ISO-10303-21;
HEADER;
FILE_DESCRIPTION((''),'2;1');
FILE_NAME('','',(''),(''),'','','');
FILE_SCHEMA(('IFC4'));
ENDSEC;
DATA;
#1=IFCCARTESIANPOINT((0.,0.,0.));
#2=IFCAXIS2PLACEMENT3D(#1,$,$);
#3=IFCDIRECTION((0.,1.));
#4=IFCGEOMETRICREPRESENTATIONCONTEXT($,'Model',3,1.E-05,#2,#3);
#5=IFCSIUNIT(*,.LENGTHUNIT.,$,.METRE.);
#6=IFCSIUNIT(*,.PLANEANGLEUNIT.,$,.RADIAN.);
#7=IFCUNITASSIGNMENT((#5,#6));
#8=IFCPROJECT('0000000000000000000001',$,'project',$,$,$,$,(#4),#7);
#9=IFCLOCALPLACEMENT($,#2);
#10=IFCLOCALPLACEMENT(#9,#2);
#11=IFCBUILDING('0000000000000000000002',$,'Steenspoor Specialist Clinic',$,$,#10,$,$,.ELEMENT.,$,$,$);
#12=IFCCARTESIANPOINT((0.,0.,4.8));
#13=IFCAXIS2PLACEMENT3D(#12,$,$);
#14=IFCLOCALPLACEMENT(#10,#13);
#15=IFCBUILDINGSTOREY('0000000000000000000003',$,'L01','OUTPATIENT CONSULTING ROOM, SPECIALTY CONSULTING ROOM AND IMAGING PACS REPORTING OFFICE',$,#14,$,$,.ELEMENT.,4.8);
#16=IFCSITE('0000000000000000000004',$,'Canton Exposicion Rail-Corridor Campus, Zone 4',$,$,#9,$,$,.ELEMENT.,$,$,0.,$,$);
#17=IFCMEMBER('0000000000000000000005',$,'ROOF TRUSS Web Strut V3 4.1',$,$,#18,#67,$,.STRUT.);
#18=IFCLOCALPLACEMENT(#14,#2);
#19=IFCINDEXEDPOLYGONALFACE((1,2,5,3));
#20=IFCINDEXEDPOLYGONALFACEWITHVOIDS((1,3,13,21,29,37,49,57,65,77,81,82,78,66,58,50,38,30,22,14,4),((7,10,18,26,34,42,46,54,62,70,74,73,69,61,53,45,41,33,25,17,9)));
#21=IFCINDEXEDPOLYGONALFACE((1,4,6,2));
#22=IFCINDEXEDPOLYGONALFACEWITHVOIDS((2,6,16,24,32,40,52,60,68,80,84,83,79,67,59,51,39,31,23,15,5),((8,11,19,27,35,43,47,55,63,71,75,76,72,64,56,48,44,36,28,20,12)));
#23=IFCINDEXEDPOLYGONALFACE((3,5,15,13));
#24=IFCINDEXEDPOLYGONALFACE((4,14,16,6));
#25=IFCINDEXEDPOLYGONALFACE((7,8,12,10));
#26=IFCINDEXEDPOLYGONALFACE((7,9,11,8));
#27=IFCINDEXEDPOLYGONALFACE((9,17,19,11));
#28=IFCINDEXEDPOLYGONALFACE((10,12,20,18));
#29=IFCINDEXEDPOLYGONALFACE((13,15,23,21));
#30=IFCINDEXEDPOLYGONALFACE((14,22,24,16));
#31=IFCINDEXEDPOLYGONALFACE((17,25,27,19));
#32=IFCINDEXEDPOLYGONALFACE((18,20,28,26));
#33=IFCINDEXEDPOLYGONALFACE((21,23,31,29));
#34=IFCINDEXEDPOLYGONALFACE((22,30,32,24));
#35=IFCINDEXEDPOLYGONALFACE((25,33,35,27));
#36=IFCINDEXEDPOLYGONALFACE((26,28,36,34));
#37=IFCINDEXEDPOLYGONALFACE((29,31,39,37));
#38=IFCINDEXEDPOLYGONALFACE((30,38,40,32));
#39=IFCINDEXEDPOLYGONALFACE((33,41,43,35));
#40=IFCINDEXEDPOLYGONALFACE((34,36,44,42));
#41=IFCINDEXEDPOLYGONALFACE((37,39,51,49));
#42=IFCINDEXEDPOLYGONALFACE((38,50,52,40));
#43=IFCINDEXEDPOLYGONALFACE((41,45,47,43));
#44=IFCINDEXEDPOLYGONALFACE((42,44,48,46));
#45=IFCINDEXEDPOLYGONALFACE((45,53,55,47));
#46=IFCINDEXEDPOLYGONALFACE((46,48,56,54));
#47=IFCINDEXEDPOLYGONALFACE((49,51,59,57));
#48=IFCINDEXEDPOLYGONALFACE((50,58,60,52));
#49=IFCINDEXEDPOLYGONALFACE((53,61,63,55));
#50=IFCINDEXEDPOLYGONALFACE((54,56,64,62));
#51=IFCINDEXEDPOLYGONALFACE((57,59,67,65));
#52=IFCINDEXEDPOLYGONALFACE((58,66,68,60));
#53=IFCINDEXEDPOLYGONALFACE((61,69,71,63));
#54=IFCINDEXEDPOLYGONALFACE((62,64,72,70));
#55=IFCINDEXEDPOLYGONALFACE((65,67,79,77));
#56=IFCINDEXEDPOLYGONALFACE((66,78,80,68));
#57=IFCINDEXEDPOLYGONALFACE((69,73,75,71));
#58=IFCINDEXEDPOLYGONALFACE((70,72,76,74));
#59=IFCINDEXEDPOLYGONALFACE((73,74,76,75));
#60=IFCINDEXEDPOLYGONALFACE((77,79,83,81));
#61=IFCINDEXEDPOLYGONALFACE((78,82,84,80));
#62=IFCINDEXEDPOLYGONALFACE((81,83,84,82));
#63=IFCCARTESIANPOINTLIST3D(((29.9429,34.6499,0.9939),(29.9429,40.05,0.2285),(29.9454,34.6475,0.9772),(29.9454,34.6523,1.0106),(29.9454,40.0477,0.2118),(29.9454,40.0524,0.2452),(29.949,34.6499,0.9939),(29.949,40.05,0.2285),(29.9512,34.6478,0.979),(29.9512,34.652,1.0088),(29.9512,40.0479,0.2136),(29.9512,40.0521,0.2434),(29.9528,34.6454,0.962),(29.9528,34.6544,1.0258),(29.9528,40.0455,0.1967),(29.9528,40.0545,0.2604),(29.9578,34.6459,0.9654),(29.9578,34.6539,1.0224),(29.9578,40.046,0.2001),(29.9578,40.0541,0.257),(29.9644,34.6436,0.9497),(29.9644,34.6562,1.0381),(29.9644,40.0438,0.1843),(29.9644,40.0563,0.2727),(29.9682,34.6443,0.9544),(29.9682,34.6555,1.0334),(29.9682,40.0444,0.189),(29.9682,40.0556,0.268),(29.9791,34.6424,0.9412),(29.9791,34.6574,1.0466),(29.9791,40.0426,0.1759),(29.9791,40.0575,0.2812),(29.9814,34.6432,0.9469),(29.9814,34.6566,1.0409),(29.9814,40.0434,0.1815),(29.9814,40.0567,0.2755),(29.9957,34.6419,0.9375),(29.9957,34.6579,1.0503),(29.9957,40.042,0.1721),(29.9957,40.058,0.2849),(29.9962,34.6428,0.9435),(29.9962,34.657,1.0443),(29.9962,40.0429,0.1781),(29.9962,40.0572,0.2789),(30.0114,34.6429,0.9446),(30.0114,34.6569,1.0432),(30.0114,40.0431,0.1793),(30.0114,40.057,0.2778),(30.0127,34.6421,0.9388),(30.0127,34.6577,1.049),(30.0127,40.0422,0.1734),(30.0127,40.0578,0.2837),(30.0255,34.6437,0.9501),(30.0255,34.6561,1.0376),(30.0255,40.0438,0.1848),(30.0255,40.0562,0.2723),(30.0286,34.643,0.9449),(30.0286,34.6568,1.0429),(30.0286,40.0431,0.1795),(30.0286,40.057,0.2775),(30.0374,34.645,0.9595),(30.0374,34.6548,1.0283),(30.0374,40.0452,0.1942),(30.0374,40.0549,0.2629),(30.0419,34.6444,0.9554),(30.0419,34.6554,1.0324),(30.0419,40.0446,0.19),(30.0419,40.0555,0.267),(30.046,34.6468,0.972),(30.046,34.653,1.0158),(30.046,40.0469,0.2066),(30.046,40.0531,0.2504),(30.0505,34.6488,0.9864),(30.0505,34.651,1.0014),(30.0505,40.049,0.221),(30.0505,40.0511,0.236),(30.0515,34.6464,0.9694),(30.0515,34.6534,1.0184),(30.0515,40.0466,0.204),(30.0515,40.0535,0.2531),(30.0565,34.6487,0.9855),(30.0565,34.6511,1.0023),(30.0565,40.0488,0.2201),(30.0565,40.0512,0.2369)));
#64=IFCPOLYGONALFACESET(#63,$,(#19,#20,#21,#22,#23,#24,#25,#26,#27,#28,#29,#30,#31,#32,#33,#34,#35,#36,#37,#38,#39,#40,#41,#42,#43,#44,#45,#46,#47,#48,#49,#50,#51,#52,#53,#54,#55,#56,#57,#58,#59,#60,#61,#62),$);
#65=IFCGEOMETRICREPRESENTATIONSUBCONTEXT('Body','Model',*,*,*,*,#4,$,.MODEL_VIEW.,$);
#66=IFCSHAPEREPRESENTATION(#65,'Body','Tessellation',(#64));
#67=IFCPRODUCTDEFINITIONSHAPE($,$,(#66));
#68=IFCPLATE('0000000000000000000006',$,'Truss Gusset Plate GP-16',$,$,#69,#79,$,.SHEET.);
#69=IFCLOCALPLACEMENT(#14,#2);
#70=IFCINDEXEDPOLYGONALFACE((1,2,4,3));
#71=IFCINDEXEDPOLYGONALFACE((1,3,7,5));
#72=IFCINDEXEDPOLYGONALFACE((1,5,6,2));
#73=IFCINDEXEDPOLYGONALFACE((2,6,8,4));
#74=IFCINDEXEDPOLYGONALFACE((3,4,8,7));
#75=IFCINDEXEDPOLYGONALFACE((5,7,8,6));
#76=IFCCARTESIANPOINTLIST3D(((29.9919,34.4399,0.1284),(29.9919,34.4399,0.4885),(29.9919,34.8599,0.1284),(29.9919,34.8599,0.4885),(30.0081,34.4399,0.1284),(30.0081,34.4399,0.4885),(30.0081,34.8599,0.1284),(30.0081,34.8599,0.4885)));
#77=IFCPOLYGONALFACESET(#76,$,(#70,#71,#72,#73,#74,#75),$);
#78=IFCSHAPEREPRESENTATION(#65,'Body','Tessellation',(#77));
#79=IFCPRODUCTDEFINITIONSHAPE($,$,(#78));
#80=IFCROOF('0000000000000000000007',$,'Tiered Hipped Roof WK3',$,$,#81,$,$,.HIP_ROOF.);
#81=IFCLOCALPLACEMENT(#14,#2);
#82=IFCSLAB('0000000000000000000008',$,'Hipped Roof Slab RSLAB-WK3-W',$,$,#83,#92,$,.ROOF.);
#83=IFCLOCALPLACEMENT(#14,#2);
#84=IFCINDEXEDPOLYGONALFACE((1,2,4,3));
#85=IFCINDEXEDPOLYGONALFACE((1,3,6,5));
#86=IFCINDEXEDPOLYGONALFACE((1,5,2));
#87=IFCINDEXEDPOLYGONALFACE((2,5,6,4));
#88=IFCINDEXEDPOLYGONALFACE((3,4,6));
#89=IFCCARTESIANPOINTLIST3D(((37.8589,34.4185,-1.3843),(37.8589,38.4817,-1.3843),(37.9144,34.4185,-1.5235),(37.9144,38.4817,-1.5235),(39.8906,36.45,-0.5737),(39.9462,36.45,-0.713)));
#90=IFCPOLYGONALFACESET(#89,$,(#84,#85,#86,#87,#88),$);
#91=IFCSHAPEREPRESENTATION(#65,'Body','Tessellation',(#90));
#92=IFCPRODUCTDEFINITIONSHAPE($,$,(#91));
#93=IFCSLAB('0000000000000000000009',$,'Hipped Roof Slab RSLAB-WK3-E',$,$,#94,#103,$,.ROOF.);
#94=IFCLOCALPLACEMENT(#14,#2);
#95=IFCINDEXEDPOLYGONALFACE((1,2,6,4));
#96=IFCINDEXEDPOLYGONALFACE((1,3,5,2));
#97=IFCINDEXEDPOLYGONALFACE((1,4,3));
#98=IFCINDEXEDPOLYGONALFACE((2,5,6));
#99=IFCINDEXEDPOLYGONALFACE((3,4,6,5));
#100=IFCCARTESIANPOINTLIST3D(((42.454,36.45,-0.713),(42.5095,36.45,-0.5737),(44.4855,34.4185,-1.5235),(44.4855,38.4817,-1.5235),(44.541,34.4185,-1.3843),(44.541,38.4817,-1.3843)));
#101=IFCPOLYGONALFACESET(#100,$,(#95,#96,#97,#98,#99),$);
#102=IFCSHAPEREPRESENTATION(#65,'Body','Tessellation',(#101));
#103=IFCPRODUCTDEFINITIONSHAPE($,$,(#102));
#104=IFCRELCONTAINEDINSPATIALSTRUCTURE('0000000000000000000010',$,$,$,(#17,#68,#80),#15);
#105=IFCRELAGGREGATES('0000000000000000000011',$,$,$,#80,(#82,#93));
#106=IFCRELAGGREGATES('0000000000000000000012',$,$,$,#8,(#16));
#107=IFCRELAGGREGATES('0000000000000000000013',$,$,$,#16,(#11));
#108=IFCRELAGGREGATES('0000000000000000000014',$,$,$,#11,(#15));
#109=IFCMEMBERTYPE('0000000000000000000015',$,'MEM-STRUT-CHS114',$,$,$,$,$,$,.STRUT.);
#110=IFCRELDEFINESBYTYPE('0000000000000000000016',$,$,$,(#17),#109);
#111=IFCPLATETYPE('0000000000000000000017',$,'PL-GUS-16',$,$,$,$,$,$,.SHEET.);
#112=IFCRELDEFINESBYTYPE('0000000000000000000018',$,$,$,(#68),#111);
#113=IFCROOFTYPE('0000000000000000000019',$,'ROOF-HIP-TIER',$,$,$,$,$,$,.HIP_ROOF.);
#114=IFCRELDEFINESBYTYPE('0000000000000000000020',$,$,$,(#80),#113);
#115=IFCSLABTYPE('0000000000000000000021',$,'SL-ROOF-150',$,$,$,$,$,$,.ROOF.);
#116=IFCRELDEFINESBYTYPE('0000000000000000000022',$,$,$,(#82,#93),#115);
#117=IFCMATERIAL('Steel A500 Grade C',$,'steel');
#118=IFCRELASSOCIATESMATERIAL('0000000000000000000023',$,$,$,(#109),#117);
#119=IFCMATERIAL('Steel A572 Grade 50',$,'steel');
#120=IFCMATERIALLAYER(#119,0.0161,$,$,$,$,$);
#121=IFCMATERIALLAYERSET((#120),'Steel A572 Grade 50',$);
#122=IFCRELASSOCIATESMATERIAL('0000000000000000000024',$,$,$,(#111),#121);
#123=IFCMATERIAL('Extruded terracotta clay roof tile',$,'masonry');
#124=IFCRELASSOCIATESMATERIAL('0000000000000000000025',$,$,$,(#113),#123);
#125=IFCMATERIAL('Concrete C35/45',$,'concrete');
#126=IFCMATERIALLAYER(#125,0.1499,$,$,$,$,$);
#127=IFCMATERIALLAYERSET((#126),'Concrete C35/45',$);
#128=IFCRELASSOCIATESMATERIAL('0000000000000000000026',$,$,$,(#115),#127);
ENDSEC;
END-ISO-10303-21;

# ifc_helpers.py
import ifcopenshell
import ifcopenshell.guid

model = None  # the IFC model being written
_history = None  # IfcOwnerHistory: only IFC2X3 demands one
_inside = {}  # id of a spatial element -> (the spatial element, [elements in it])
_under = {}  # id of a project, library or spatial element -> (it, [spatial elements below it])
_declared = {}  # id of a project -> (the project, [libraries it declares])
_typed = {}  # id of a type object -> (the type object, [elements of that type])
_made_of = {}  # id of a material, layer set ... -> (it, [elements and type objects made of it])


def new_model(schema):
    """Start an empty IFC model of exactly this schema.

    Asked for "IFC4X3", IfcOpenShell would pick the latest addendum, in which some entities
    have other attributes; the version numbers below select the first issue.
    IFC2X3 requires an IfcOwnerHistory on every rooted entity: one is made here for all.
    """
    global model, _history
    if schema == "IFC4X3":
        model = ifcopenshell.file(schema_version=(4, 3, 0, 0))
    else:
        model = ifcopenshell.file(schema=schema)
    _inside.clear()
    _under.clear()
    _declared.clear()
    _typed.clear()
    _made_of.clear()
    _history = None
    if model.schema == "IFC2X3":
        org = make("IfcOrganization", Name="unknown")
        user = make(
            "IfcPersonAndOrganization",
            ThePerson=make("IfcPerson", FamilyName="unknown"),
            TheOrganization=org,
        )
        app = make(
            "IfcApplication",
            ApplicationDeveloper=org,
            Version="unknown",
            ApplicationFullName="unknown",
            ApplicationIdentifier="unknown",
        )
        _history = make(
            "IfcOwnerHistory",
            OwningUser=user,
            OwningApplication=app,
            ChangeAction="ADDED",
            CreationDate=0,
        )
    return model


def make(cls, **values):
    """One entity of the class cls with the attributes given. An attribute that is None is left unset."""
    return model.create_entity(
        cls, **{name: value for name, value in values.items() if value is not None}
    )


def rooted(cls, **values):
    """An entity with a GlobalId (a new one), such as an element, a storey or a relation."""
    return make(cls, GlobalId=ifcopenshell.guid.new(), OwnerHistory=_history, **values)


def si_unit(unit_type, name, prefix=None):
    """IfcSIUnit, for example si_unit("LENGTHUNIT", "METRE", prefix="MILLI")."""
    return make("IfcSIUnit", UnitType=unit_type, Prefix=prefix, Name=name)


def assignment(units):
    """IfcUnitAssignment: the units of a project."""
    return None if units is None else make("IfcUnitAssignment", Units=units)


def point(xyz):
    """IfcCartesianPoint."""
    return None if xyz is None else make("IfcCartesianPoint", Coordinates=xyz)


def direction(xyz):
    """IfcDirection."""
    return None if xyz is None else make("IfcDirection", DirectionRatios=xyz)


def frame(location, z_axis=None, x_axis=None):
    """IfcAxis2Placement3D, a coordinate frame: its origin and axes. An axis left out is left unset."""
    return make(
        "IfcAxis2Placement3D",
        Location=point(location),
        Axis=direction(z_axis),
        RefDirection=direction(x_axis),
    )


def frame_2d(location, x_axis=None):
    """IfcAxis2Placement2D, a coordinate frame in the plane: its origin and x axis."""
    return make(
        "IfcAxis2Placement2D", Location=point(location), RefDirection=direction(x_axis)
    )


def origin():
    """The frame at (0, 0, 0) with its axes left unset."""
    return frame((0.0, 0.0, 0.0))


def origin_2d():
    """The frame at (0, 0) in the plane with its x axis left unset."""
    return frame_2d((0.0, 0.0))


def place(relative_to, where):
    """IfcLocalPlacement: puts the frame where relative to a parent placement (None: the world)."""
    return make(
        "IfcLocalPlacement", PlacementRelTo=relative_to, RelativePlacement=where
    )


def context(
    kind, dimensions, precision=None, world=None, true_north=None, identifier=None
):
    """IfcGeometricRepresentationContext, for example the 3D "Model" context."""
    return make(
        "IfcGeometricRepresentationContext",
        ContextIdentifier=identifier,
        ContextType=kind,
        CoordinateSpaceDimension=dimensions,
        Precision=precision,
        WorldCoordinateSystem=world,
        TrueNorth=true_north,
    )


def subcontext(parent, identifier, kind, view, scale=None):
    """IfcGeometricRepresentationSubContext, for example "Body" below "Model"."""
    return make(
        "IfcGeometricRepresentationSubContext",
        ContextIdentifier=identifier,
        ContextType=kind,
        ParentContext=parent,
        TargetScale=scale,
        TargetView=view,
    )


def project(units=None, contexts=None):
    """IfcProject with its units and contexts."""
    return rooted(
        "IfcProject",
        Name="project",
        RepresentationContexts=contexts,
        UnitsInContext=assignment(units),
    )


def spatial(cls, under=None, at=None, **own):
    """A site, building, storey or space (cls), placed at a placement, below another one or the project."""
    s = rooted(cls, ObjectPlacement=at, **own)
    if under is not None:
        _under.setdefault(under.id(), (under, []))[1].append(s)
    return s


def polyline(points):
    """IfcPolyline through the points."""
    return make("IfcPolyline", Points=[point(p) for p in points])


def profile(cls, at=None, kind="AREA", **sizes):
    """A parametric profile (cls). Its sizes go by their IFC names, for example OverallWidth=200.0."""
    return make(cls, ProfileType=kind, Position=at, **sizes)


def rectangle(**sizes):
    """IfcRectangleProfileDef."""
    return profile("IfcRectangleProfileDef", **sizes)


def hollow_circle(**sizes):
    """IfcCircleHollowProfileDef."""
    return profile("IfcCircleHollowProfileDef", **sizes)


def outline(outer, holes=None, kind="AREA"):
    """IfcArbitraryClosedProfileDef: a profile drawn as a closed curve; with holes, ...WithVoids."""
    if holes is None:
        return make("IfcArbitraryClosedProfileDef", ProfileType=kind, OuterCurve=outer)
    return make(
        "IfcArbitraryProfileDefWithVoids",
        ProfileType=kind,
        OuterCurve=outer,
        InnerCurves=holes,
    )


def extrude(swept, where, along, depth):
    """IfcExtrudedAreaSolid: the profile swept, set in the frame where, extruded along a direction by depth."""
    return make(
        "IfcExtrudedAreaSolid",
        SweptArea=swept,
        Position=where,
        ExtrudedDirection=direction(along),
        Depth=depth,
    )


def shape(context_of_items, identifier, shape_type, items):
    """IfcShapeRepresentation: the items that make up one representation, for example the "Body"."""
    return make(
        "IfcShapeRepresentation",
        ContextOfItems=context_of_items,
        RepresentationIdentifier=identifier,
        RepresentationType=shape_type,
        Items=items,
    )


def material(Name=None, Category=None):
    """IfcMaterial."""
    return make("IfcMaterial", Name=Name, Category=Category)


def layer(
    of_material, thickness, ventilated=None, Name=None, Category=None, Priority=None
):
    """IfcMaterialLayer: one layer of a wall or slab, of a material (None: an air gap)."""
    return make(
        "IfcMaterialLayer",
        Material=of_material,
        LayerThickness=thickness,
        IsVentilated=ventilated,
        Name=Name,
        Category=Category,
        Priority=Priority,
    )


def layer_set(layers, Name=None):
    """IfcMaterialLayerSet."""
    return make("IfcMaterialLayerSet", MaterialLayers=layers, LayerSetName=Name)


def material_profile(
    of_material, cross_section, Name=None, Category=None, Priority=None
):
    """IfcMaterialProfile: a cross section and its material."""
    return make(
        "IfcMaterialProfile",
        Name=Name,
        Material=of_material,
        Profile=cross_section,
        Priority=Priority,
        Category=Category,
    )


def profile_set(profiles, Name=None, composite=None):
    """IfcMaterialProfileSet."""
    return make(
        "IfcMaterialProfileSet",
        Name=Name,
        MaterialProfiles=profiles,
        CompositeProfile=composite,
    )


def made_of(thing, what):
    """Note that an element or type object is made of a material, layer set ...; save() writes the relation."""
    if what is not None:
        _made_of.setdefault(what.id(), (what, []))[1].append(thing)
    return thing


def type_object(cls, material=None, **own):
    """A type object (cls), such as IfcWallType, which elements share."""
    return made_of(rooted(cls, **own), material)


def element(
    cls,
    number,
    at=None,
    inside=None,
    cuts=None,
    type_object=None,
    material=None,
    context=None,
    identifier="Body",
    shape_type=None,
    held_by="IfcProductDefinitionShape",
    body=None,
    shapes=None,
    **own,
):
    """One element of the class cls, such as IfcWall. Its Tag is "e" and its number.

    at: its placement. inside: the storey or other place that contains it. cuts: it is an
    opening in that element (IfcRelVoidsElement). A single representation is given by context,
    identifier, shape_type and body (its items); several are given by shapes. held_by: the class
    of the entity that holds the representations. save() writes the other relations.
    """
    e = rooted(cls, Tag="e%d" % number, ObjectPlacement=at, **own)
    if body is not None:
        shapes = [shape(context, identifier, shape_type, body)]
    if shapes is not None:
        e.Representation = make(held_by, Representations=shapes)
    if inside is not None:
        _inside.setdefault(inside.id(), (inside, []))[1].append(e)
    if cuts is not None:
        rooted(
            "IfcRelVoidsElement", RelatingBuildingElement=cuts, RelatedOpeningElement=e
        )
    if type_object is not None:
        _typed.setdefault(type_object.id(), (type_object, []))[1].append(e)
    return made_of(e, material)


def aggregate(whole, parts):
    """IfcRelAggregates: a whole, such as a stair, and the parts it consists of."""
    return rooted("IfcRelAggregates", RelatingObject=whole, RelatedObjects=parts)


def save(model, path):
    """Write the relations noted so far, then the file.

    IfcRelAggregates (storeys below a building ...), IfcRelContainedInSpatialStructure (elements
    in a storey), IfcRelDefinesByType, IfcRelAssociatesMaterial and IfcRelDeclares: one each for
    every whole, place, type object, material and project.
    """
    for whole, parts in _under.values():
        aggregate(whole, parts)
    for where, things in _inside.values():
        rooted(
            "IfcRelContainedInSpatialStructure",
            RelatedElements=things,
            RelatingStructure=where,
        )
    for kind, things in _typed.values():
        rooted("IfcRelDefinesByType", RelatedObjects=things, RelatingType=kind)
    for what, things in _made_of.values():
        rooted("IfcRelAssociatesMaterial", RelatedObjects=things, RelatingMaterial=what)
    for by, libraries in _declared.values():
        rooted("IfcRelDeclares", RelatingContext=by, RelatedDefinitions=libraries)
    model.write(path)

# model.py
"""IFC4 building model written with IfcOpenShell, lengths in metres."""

from ifc_helpers import new_model, si_unit, direction, frame, origin, origin_2d, place, context, subcontext, project, spatial, polyline, rectangle, hollow_circle, outline, extrude, material, layer, layer_set, material_profile, profile_set, type_object, element, aggregate, save


model = new_model("IFC4")

# Units and contexts
model_context = context("Model", 3, precision=1e-05, world=origin(), true_north=direction((0.0, 1.0)))
body_context = subcontext(model_context, "Body", "Model", "MODEL_VIEW")
ifc_project = project(units=[si_unit("LENGTHUNIT", "METRE"), si_unit("PLANEANGLEUNIT", "RADIAN")], contexts=[model_context])

# Site, building, storey
site_placement = place(None, origin())
site = spatial("IfcSite", under=ifc_project, at=site_placement, Name="Canton Exposicion Rail-Corridor Campus, Zone 4", CompositionType="ELEMENT", RefElevation=0.0)
building_placement = place(site_placement, origin())
building = spatial("IfcBuilding", under=site, at=building_placement, Name="Steenspoor Specialist Clinic", CompositionType="ELEMENT")
storey_placement = place(building_placement, frame((0.0, 0.0, 4.8)))
storey = spatial("IfcBuildingStorey", under=building, at=storey_placement, Name="L01", Description="OUTPATIENT CONSULTING ROOM, SPECIALTY CONSULTING ROOM AND IMAGING PACS REPORTING OFFICE", CompositionType="ELEMENT", Elevation=4.8)

# Member
ifc_material_1 = material(Name="Steel A500 Grade C", Category="steel")
ifc_material_profile_1 = material_profile(ifc_material_1, hollow_circle(Radius=0.0571, WallThickness=0.0061, at=origin_2d()), Name="CHS114X6.0")
ifc_profile_set_1 = profile_set([ifc_material_profile_1], Name="Steel A500 Grade C")
member_type_1 = type_object("IfcMemberType", Name="MEM-STRUT-CHS114", PredefinedType="STRUT", material=ifc_profile_set_1)
member_1_placement = place(storey_placement, frame((30.0, 34.6499, 0.9939), z_axis=(0.0, 0.990105, -0.140331), x_axis=(-1.0, 0.0, 0.0)))
element("IfcMember", 1, at=member_1_placement, inside=storey, type_object=member_type_1, Name="ROOF TRUSS Web Strut V3 4.1", PredefinedType="STRUT", context=body_context, shape_type="SweptSolid", body=[
    extrude(hollow_circle(Radius=0.0571, WallThickness=0.0061, at=origin_2d()), origin(), (0.0, 0.0, 1.0), 5.4541),
])

# Plate
ifc_material_2 = material(Name="Steel A572 Grade 50", Category="steel")
ifc_layer_1 = layer(ifc_material_2, 0.0161)
ifc_layer_set_1 = layer_set([ifc_layer_1], Name="Steel A572 Grade 50")
plate_type = type_object("IfcPlateType", Name="PL-GUS-16", PredefinedType="SHEET", material=ifc_layer_set_1)
plate_placement = place(storey_placement, frame((30.0, 34.6499, 0.1284), z_axis=(0.0, 0.0, 1.0), x_axis=(1.0, 0.0, 0.0)))
element("IfcPlate", 2, at=plate_placement, inside=storey, type_object=plate_type, Name="Truss Gusset Plate GP-16", PredefinedType="SHEET", context=body_context, shape_type="SweptSolid", body=[
    extrude(rectangle(XDim=0.0161, YDim=0.4199, at=origin_2d()), origin(), (0.0, 0.0, 1.0), 0.3601),
])

# Roof, slabs
ifc_material_3 = material(Name="Extruded terracotta clay roof tile", Category="masonry")
roof_type = type_object("IfcRoofType", Name="ROOF-HIP-TIER", PredefinedType="HIP_ROOF", material=ifc_material_3)
roof_placement = place(storey_placement, origin())
roof = element("IfcRoof", 3, at=roof_placement, inside=storey, type_object=roof_type, Name="Tiered Hipped Roof WK3", PredefinedType="HIP_ROOF")
ifc_material_4 = material(Name="Concrete C35/45", Category="concrete")
ifc_layer_2 = layer(ifc_material_4, 0.1499)
ifc_layer_set_2 = layer_set([ifc_layer_2], Name="Concrete C35/45")
slab_type = type_object("IfcSlabType", Name="SL-ROOF-150", PredefinedType="ROOF", material=ifc_layer_set_2)
slab_1_placement = place(storey_placement, frame((39.8906, 36.45, -0.5737), z_axis=(-0.370544, 0.0, 0.928815), x_axis=(-0.680547, 0.680547, -0.271499)))
slab_1 = element("IfcSlab", 4, at=slab_1_placement, type_object=slab_type, Name="Hipped Roof Slab RSLAB-WK3-W", PredefinedType="ROOF", context=body_context, shape_type="SweptSolid", body=[
    extrude(outline(polyline([(0.0, 0.0), (2.9854, 0.0), (0.2202, 2.9771), (0.0, 0.0)])), origin(), (0.0, 0.0, -1.0), 0.1499),
])
slab_2_placement = place(storey_placement, frame((42.5095, 36.45, -0.5737), z_axis=(0.370582, 0.0, 0.9288), x_axis=(0.680541, -0.680541, -0.271529)))
slab_2 = element("IfcSlab", 5, at=slab_2_placement, type_object=slab_type, Name="Hipped Roof Slab RSLAB-WK3-E", PredefinedType="ROOF", context=body_context, shape_type="SweptSolid", body=[
    extrude(outline(polyline([(0.0, 0.0), (2.9851, 0.0), (0.2199, 2.9772), (0.0, 0.0)])), origin(), (0.0, 0.0, -1.0), 0.1499),
])
aggregate(roof, [slab_1, slab_2])

save(model, "model.ifc")
